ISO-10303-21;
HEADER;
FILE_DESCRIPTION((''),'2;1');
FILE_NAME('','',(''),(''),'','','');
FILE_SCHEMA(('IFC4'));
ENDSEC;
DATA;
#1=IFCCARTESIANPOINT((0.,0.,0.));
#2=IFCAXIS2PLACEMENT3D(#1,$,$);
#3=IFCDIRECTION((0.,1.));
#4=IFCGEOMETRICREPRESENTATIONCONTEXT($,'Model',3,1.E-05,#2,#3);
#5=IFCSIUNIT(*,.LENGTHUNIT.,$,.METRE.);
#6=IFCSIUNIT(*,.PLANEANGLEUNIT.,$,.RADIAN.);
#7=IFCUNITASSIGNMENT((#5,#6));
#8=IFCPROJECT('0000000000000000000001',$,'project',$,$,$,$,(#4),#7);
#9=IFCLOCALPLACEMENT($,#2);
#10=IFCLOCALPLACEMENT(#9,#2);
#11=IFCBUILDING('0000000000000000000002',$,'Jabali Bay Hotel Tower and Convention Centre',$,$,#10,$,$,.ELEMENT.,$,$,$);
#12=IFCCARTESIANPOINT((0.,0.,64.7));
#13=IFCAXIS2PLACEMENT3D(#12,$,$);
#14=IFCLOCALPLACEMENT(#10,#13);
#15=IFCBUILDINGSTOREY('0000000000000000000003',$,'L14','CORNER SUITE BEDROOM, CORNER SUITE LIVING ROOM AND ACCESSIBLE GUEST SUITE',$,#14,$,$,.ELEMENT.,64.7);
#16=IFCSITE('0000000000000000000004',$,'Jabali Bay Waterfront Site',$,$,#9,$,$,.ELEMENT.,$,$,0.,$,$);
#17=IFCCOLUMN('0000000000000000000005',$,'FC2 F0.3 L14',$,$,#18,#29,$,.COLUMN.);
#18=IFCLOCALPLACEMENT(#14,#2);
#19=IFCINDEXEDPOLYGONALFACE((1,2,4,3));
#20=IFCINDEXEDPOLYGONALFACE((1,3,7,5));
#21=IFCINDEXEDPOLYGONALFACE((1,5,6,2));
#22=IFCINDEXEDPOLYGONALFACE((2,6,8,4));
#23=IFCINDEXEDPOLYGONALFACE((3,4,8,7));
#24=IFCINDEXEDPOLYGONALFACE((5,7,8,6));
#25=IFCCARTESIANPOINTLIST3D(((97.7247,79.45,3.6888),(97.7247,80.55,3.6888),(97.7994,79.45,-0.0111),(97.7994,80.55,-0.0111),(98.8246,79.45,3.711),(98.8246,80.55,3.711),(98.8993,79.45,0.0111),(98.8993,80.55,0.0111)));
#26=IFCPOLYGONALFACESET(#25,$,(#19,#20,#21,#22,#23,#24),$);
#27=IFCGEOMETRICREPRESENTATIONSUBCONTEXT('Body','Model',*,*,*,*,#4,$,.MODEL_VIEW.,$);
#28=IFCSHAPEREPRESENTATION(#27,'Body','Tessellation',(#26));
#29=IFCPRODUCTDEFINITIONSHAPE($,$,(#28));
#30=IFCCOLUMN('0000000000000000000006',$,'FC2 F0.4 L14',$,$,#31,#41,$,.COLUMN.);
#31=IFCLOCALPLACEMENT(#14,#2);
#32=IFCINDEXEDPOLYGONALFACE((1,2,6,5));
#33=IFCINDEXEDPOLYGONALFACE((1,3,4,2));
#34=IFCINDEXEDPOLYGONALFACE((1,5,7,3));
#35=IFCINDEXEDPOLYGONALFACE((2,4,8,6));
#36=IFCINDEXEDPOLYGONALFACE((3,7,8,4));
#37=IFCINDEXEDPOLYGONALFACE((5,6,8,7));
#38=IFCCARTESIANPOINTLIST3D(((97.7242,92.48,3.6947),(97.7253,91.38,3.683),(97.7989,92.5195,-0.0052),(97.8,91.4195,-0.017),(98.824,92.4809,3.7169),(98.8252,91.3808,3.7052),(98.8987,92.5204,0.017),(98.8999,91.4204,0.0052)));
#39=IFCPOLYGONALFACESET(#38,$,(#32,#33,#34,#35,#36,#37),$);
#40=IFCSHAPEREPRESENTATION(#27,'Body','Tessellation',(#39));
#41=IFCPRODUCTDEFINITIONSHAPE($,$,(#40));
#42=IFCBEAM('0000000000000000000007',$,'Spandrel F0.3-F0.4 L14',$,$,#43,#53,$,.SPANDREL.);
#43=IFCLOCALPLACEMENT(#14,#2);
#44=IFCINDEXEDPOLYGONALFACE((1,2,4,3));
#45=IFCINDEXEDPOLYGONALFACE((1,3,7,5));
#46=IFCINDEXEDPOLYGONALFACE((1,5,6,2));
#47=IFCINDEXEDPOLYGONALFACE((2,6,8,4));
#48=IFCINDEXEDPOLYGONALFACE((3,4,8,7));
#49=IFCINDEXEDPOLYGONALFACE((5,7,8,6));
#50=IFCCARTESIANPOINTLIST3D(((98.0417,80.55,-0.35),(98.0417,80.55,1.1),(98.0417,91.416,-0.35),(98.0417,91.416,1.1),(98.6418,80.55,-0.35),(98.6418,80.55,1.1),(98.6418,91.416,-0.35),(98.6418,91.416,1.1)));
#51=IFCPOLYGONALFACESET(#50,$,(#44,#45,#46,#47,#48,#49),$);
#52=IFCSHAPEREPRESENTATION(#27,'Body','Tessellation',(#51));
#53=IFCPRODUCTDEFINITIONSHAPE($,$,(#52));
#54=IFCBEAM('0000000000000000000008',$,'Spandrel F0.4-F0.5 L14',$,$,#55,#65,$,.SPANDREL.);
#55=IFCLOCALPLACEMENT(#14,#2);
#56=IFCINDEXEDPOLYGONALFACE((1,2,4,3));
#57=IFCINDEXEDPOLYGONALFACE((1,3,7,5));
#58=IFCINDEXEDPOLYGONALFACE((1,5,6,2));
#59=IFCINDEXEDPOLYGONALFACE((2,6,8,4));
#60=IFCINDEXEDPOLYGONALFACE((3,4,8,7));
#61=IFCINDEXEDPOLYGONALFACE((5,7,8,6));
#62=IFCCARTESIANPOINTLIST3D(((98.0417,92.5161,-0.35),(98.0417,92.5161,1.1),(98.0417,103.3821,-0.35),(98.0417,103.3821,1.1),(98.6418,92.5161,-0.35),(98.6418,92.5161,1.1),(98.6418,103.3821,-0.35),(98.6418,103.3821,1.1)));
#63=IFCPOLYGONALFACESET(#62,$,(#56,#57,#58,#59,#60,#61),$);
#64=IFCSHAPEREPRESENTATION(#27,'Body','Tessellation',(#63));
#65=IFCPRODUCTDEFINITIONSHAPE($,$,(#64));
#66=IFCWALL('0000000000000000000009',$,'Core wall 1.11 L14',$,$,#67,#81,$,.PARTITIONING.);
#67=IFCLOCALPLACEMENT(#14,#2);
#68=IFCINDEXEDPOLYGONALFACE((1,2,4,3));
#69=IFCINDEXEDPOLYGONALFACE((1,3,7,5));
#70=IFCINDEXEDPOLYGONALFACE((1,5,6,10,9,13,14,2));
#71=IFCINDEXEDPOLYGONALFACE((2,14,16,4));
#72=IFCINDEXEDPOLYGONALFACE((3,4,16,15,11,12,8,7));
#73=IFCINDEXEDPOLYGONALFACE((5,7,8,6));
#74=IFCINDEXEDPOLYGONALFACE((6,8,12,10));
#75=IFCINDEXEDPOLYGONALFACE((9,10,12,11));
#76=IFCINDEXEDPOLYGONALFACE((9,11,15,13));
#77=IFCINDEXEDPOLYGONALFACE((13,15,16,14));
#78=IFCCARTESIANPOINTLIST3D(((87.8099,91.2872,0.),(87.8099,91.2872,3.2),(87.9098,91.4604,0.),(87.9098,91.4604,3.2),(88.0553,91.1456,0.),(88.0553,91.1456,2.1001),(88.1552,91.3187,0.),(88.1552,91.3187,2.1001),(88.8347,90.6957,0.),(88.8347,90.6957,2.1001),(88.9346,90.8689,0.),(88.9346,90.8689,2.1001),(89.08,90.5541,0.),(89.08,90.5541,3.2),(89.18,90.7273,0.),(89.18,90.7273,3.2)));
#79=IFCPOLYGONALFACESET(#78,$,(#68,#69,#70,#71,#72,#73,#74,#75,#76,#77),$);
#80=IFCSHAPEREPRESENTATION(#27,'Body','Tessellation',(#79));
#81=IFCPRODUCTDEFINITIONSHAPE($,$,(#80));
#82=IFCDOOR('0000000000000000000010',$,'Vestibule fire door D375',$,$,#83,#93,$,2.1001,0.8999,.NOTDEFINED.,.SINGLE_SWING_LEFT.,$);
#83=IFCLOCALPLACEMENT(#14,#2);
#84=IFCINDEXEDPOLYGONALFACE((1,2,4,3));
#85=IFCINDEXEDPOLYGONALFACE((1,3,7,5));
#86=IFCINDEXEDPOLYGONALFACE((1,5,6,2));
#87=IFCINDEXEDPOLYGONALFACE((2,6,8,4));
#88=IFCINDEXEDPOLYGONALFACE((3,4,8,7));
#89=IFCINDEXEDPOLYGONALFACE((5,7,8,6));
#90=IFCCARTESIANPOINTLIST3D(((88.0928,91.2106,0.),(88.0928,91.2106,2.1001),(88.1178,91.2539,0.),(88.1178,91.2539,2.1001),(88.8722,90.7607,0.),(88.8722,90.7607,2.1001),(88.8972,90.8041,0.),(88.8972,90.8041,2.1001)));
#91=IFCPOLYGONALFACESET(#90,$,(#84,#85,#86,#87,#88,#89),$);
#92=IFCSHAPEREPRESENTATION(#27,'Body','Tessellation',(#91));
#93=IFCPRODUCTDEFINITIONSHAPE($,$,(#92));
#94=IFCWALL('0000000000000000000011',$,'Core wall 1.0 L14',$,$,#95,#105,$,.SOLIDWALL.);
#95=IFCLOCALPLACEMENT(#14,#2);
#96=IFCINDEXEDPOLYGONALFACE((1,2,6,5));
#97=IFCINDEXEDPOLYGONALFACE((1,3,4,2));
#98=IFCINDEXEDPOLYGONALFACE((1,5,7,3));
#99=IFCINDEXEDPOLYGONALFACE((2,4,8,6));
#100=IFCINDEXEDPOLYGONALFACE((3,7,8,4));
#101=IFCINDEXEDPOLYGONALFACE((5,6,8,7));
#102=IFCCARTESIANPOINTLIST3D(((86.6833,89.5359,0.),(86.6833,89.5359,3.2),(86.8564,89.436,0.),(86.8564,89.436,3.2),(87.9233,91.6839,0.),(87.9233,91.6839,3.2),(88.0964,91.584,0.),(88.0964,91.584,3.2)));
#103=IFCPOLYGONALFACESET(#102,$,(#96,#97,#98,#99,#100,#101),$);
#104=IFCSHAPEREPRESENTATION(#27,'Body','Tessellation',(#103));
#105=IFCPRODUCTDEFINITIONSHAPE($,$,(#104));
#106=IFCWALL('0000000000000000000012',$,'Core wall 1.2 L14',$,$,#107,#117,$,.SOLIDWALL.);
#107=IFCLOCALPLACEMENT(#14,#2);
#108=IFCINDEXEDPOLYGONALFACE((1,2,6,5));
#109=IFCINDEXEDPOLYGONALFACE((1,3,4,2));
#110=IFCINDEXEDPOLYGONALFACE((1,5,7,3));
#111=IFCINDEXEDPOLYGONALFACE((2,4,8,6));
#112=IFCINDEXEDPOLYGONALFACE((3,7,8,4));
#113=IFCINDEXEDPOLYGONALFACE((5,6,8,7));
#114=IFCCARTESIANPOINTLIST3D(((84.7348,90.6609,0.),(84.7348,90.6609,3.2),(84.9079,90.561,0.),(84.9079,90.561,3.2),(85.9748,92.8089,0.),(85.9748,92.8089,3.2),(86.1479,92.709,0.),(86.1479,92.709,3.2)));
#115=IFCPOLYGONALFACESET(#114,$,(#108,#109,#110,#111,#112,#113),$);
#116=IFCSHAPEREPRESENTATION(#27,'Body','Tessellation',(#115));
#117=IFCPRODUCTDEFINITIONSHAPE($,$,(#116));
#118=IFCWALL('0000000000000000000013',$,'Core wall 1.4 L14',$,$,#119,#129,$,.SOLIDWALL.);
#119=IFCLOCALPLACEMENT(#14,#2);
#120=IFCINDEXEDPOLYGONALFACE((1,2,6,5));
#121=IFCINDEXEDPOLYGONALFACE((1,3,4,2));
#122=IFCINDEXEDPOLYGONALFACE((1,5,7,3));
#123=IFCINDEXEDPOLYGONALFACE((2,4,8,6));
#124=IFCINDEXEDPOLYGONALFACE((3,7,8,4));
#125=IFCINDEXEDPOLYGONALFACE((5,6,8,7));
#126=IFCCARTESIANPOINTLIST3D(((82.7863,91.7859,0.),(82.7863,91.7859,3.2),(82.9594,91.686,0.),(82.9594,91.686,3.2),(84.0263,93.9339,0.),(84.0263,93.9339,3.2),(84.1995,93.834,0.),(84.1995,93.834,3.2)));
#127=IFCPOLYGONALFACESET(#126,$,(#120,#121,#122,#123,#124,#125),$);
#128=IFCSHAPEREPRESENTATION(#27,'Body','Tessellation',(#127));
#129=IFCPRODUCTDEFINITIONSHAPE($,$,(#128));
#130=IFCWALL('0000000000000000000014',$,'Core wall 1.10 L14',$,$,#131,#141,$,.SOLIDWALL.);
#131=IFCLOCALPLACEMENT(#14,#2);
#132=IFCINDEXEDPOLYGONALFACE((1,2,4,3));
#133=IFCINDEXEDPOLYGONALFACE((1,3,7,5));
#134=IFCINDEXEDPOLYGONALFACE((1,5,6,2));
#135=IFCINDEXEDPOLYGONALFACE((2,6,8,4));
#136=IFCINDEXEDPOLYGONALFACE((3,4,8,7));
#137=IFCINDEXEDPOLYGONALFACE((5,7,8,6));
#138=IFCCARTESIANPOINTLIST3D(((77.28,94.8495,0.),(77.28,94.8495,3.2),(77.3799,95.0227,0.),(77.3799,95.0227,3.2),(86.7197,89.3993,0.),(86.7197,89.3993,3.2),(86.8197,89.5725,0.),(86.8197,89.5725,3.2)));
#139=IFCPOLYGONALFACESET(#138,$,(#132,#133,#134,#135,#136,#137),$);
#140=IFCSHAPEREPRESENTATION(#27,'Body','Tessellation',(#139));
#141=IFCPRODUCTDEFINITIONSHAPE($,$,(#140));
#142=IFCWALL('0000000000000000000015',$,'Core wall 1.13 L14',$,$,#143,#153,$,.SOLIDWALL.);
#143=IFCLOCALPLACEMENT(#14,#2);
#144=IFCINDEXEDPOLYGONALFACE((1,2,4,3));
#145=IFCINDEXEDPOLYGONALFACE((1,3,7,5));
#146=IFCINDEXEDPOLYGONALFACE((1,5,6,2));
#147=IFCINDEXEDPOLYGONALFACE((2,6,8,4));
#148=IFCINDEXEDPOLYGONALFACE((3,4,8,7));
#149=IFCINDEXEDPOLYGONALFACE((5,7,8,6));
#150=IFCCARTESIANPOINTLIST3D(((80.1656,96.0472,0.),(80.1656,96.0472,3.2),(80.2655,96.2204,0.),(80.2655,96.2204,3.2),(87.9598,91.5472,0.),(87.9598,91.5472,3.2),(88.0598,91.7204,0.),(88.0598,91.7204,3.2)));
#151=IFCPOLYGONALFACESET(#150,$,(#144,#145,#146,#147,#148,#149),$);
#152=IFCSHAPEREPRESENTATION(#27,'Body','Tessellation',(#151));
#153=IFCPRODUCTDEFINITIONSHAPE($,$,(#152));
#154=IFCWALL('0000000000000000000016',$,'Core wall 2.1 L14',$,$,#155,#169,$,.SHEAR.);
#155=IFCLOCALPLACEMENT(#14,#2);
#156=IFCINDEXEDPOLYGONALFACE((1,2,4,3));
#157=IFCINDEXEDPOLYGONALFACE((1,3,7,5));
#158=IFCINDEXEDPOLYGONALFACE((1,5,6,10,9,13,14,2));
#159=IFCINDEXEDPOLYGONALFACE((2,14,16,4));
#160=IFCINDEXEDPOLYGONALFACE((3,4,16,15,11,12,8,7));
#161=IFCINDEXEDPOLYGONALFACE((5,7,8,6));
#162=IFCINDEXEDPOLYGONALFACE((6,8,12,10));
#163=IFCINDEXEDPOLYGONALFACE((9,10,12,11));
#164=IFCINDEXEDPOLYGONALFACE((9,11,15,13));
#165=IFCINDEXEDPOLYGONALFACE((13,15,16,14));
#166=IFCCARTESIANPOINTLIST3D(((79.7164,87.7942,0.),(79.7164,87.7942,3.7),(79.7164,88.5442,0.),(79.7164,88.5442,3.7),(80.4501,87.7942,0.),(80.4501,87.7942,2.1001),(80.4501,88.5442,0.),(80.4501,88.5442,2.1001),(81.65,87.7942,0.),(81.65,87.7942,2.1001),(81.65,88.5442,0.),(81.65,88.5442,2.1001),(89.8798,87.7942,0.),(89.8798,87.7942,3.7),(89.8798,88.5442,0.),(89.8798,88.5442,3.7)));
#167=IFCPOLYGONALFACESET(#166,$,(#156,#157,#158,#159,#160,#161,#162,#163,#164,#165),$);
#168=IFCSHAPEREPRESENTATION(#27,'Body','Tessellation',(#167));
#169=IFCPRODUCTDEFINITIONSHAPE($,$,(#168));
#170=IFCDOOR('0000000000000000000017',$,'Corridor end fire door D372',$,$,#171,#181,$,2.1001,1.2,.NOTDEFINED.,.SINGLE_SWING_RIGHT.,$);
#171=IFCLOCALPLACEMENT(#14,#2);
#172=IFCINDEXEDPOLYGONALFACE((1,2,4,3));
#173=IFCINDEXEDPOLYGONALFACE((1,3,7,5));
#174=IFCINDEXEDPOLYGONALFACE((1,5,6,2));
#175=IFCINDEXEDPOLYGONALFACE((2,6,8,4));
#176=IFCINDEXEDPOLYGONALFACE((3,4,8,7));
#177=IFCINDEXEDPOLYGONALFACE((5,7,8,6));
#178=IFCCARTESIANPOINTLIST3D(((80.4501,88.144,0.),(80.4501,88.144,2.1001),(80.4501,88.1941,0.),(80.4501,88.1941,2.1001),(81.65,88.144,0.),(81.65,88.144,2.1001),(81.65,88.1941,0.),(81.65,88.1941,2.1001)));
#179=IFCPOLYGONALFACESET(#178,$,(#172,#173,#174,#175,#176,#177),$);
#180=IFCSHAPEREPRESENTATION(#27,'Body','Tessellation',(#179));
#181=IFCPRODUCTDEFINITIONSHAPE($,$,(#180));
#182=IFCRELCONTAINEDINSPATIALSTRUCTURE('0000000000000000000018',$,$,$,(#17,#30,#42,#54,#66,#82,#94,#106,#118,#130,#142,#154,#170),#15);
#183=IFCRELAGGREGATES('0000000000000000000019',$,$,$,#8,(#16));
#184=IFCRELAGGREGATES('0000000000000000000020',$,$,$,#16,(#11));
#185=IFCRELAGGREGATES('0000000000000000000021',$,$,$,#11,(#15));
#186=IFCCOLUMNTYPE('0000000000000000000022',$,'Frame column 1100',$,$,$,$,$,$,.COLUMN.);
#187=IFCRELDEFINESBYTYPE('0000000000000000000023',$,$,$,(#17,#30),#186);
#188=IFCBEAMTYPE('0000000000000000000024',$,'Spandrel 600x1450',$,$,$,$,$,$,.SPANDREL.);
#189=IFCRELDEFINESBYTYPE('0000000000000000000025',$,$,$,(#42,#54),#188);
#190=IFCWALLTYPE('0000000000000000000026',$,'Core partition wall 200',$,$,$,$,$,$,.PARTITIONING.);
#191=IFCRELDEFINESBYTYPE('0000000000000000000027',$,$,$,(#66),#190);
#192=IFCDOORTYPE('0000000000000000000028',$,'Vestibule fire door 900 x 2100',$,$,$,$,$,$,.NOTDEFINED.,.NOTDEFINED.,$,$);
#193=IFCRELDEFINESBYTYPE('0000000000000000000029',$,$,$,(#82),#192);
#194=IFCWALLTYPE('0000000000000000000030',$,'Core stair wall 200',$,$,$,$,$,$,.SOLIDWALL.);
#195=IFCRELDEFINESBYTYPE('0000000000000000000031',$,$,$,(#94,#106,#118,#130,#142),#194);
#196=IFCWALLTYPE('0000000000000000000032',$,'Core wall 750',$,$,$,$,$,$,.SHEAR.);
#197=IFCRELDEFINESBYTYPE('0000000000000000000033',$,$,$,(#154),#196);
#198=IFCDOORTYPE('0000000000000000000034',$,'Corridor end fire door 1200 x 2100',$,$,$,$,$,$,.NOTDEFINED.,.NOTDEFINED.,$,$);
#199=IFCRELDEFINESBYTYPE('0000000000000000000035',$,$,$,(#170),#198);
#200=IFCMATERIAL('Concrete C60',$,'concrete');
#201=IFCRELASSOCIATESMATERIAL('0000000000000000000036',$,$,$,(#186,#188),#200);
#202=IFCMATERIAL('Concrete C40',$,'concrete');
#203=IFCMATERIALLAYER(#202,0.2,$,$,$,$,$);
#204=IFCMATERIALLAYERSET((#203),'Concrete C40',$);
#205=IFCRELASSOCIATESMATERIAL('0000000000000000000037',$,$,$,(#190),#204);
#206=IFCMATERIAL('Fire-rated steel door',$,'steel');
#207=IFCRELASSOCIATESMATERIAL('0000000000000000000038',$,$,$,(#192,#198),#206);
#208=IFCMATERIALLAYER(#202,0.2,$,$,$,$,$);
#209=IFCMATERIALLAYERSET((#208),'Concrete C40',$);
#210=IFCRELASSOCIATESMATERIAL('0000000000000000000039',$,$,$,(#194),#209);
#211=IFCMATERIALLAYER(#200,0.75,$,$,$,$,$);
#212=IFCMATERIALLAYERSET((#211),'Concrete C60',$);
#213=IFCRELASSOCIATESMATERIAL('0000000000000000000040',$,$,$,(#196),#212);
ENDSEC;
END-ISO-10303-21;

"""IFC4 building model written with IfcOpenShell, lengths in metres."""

from ifc_helpers import new_model, si_unit, direction, frame, frame_2d, origin, origin_2d, place, context, subcontext, project, spatial, rectangle, extrude, material, layer, layer_set, material_profile, profile_set, type_object, element, fill, save


model = new_model("IFC4")

# Units and contexts
model_context = context("Model", 3, precision=1e-05, world=origin(), true_north=direction((0.0, 1.0)))
body_context = subcontext(model_context, "Body", "Model", "MODEL_VIEW")
ifc_project = project(units=[si_unit("LENGTHUNIT", "METRE"), si_unit("PLANEANGLEUNIT", "RADIAN")], contexts=[model_context])

# Site, building, storey
site_placement = place(None, origin())
site = spatial("IfcSite", under=ifc_project, at=site_placement, Name="Jabali Bay Waterfront Site", CompositionType="ELEMENT", RefElevation=0.0)
building_placement = place(site_placement, origin())
building = spatial("IfcBuilding", under=site, at=building_placement, Name="Jabali Bay Hotel Tower and Convention Centre", CompositionType="ELEMENT")
storey_placement = place(building_placement, frame((0.0, 0.0, 64.7)))
storey = spatial("IfcBuildingStorey", under=building, at=storey_placement, Name="L14", Description="CORNER SUITE BEDROOM, CORNER SUITE LIVING ROOM AND ACCESSIBLE GUEST SUITE", CompositionType="ELEMENT", Elevation=64.7)

# Columns
ifc_material_1 = material(Name="Concrete C60", Category="concrete")
ifc_material_profile_1 = material_profile(ifc_material_1, rectangle(XDim=1.1001, YDim=1.1001, at=origin_2d()), Name="Frame column 1100")
ifc_profile_set_1 = profile_set([ifc_material_profile_1], Name="Concrete C60")
column_type = type_object("IfcColumnType", Name="Frame column 1100", PredefinedType="COLUMN", material=ifc_profile_set_1)
column_1_placement = place(storey_placement, frame((98.3494, 80.0, 0.0), z_axis=(-0.020187, 0.0, 0.999796), x_axis=(0.0, -1.0, 0.0)))
element("IfcColumn", 1, at=column_1_placement, inside=storey, type_object=column_type, Name="FC2 F0.3 L14", PredefinedType="COLUMN", context=body_context, shape_type="SweptSolid", body=[
    extrude(rectangle(XDim=1.1001, YDim=1.1001, at=origin_2d()), origin(), (0.0, 0.0, 1.0), 3.7007),
])
column_2_placement = place(storey_placement, frame((98.3494, 91.97, 0.0), z_axis=(-0.020186, -0.010687, 0.999739), x_axis=(0.999796, 0.000797, 0.020196)))
element("IfcColumn", 2, at=column_2_placement, inside=storey, type_object=column_type, Name="FC2 F0.4 L14", PredefinedType="COLUMN", context=body_context, shape_type="SweptSolid", body=[
    extrude(rectangle(XDim=1.1001, YDim=1.1001, at=origin_2d()), origin(), (0.0, 0.0, 1.0), 3.7009),
])

# Beams
ifc_material_profile_2 = material_profile(ifc_material_1, rectangle(XDim=0.6001, YDim=1.45, at=origin_2d()), Name="Spandrel 600x1450")
ifc_profile_set_2 = profile_set([ifc_material_profile_2], Name="Concrete C60")
beam_type = type_object("IfcBeamType", Name="Spandrel 600x1450", PredefinedType="SPANDREL", material=ifc_profile_set_2)
for number, where, z_axis, x_axis, name in (
    (3, (98.3418, 80.55, 0.375), (0.0, 1.0, 0.0), (-1.0, 0.0, 0.0), "Spandrel F0.3-F0.4 L14"),
    (4, (98.3418, 92.5161, 0.375), (0.0, 1.0, 0.0), (-1.0, 0.0, 0.0), "Spandrel F0.4-F0.5 L14"),
):
    element("IfcBeam", number, at=place(storey_placement, frame(where, z_axis=z_axis, x_axis=x_axis)), inside=storey, type_object=beam_type, Name=name, PredefinedType="SPANDREL", context=body_context, shape_type="SweptSolid", body=[
        extrude(rectangle(XDim=0.6001, YDim=1.45, at=origin_2d()), origin(), (0.0, 0.0, 1.0), 10.866),
    ])

# Wall, opening, door
ifc_material_2 = material(Name="Concrete C40", Category="concrete")
ifc_layer_1 = layer(ifc_material_2, 0.2)
ifc_layer_set_1 = layer_set([ifc_layer_1], Name="Concrete C40")
wall_type_1 = type_object("IfcWallType", Name="Core partition wall 200", PredefinedType="PARTITIONING", material=ifc_layer_set_1)
wall_1_placement = place(storey_placement, frame((89.1301, 90.6406, 0.0), z_axis=(0.0, 0.0, 1.0), x_axis=(-0.866094, 0.499881, 0.0)))
wall_1 = element("IfcWall", 5, at=wall_1_placement, inside=storey, type_object=wall_type_1, Name="Core wall 1.11 L14", PredefinedType="PARTITIONING", context=body_context, shape_type="SweptSolid", body=[
    extrude(rectangle(XDim=1.4666, YDim=0.2, at=frame_2d((0.7334, 0.0))), origin(), (0.0, 0.0, 1.0), 3.2),
])
opening_1_placement = place(wall_1_placement, frame((0.2834, 0.0, 0.0)))
opening_1 = element("IfcOpeningElement", 6, at=opening_1_placement, cuts=wall_1, PredefinedType="OPENING", context=body_context, shape_type="SweptSolid", body=[
    extrude(rectangle(XDim=0.8999, YDim=2.1001, at=frame_2d((0.45, 1.05))), frame((0.0, 0.1104, 0.0), z_axis=(0.0, -1.0, 0.0), x_axis=(1.0, 0.0, 0.0)), (0.0, 0.0, 1.0), 0.2209),
])
ifc_material_3 = material(Name="Fire-rated steel door", Category="steel")
door_type_1 = type_object("IfcDoorType", Name="Vestibule fire door 900 x 2100", OperationType="NOTDEFINED", PredefinedType="NOTDEFINED", material=ifc_material_3)
door_1_placement = place(opening_1_placement, origin())
door_1 = element("IfcDoor", 7, at=door_1_placement, inside=storey, type_object=door_type_1, Name="Vestibule fire door D375", OperationType="SINGLE_SWING_LEFT", OverallHeight=2.1001, OverallWidth=0.8999, PredefinedType="NOTDEFINED", context=body_context, shape_type="SweptSolid", body=[
    extrude(rectangle(XDim=0.8999, YDim=2.1001, at=frame_2d((0.45, 1.05))), frame((0.0, 0.0249, 0.0), z_axis=(0.0, -1.0, 0.0), x_axis=(1.0, 0.0, 0.0)), (0.0, 0.0, 1.0), 0.05),
])
fill(opening_1, door_1)

# Walls
ifc_layer_2 = layer(ifc_material_2, 0.2)
ifc_layer_set_2 = layer_set([ifc_layer_2], Name="Concrete C40")
wall_type_2 = type_object("IfcWallType", Name="Core stair wall 200", PredefinedType="SOLIDWALL", material=ifc_layer_set_2)
for number, where, z_axis, x_axis, name in (
    (8, (86.7698, 89.4858, 0.0), (0.0, 0.0, 1.0), (0.499961, 0.866048, 0.0), "Core wall 1.0 L14"),
    (9, (84.8213, 90.6108, 0.0), (0.0, 0.0, 1.0), (0.499961, 0.866048, 0.0), "Core wall 1.2 L14"),
    (10, (82.8728, 91.7358, 0.0), (0.0, 0.0, 1.0), (0.499961, 0.866048, 0.0), "Core wall 1.4 L14"),
):
    element("IfcWall", number, at=place(storey_placement, frame(where, z_axis=z_axis, x_axis=x_axis)), inside=storey, type_object=wall_type_2, Name=name, PredefinedType="SOLIDWALL", context=body_context, shape_type="SweptSolid", body=[
        extrude(rectangle(XDim=2.4802, YDim=0.2, at=frame_2d((1.2402, 0.0))), origin(), (0.0, 0.0, 1.0), 3.2),
    ])
wall_2_placement = place(storey_placement, frame((86.7698, 89.4858, 0.0), z_axis=(0.0, 0.0, 1.0), x_axis=(-0.866018, 0.500013, 0.0)))
element("IfcWall", 11, at=wall_2_placement, inside=storey, type_object=wall_type_2, Name="Core wall 1.10 L14", PredefinedType="SOLIDWALL", context=body_context, shape_type="SweptSolid", body=[
    extrude(rectangle(XDim=10.9001, YDim=0.2, at=frame_2d((5.4502, 0.0))), origin(), (0.0, 0.0, 1.0), 3.2),
])
wall_3_placement = place(storey_placement, frame((88.0098, 91.6338, 0.0), z_axis=(0.0, 0.0, 1.0), x_axis=(-0.866024, 0.500002, 0.0)))
element("IfcWall", 12, at=wall_3_placement, inside=storey, type_object=wall_type_2, Name="Core wall 1.13 L14", PredefinedType="SOLIDWALL", context=body_context, shape_type="SweptSolid", body=[
    extrude(rectangle(XDim=9.0, YDim=0.2, at=frame_2d((4.5, 0.0))), origin(), (0.0, 0.0, 1.0), 3.2),
])

# Wall, opening, door
ifc_layer_3 = layer(ifc_material_1, 0.75)
ifc_layer_set_3 = layer_set([ifc_layer_3], Name="Concrete C60")
wall_type_3 = type_object("IfcWallType", Name="Core wall 750", PredefinedType="SHEAR", material=ifc_layer_set_3)
wall_4_placement = place(storey_placement, frame((79.7166, 88.1692, 0.0), z_axis=(0.0, 0.0, 1.0), x_axis=(1.0, 0.0, 0.0)))
wall_4 = element("IfcWall", 13, at=wall_4_placement, inside=storey, type_object=wall_type_3, Name="Core wall 2.1 L14", PredefinedType="SHEAR", context=body_context, shape_type="SweptSolid", body=[
    extrude(rectangle(XDim=10.1633, YDim=0.75, at=frame_2d((5.0815, 0.0))), origin(), (0.0, 0.0, 1.0), 3.7),
])
opening_2_placement = place(wall_4_placement, frame((0.7334, 0.0, 0.0)))
opening_2 = element("IfcOpeningElement", 14, at=opening_2_placement, cuts=wall_4, PredefinedType="OPENING", context=body_context, shape_type="SweptSolid", body=[
    extrude(rectangle(XDim=1.2, YDim=2.1001, at=frame_2d((0.6001, 1.05))), frame((0.0, 0.3855, 0.0), z_axis=(0.0, -1.0, 0.0), x_axis=(1.0, 0.0, 0.0)), (0.0, 0.0, 1.0), 0.771),
])
door_type_2 = type_object("IfcDoorType", Name="Corridor end fire door 1200 x 2100", OperationType="NOTDEFINED", PredefinedType="NOTDEFINED", material=ifc_material_3)
door_2_placement = place(opening_2_placement, origin())
door_2 = element("IfcDoor", 15, at=door_2_placement, inside=storey, type_object=door_type_2, Name="Corridor end fire door D372", OperationType="SINGLE_SWING_RIGHT", OverallHeight=2.1001, OverallWidth=1.2, PredefinedType="NOTDEFINED", context=body_context, shape_type="SweptSolid", body=[
    extrude(rectangle(XDim=1.2, YDim=2.1001, at=frame_2d((0.6001, 1.05))), frame((0.0, 0.0249, 0.0), z_axis=(0.0, -1.0, 0.0), x_axis=(1.0, 0.0, 0.0)), (0.0, 0.0, 1.0), 0.05),
])
fill(opening_2, door_2)

save(model, "model.ifc")
